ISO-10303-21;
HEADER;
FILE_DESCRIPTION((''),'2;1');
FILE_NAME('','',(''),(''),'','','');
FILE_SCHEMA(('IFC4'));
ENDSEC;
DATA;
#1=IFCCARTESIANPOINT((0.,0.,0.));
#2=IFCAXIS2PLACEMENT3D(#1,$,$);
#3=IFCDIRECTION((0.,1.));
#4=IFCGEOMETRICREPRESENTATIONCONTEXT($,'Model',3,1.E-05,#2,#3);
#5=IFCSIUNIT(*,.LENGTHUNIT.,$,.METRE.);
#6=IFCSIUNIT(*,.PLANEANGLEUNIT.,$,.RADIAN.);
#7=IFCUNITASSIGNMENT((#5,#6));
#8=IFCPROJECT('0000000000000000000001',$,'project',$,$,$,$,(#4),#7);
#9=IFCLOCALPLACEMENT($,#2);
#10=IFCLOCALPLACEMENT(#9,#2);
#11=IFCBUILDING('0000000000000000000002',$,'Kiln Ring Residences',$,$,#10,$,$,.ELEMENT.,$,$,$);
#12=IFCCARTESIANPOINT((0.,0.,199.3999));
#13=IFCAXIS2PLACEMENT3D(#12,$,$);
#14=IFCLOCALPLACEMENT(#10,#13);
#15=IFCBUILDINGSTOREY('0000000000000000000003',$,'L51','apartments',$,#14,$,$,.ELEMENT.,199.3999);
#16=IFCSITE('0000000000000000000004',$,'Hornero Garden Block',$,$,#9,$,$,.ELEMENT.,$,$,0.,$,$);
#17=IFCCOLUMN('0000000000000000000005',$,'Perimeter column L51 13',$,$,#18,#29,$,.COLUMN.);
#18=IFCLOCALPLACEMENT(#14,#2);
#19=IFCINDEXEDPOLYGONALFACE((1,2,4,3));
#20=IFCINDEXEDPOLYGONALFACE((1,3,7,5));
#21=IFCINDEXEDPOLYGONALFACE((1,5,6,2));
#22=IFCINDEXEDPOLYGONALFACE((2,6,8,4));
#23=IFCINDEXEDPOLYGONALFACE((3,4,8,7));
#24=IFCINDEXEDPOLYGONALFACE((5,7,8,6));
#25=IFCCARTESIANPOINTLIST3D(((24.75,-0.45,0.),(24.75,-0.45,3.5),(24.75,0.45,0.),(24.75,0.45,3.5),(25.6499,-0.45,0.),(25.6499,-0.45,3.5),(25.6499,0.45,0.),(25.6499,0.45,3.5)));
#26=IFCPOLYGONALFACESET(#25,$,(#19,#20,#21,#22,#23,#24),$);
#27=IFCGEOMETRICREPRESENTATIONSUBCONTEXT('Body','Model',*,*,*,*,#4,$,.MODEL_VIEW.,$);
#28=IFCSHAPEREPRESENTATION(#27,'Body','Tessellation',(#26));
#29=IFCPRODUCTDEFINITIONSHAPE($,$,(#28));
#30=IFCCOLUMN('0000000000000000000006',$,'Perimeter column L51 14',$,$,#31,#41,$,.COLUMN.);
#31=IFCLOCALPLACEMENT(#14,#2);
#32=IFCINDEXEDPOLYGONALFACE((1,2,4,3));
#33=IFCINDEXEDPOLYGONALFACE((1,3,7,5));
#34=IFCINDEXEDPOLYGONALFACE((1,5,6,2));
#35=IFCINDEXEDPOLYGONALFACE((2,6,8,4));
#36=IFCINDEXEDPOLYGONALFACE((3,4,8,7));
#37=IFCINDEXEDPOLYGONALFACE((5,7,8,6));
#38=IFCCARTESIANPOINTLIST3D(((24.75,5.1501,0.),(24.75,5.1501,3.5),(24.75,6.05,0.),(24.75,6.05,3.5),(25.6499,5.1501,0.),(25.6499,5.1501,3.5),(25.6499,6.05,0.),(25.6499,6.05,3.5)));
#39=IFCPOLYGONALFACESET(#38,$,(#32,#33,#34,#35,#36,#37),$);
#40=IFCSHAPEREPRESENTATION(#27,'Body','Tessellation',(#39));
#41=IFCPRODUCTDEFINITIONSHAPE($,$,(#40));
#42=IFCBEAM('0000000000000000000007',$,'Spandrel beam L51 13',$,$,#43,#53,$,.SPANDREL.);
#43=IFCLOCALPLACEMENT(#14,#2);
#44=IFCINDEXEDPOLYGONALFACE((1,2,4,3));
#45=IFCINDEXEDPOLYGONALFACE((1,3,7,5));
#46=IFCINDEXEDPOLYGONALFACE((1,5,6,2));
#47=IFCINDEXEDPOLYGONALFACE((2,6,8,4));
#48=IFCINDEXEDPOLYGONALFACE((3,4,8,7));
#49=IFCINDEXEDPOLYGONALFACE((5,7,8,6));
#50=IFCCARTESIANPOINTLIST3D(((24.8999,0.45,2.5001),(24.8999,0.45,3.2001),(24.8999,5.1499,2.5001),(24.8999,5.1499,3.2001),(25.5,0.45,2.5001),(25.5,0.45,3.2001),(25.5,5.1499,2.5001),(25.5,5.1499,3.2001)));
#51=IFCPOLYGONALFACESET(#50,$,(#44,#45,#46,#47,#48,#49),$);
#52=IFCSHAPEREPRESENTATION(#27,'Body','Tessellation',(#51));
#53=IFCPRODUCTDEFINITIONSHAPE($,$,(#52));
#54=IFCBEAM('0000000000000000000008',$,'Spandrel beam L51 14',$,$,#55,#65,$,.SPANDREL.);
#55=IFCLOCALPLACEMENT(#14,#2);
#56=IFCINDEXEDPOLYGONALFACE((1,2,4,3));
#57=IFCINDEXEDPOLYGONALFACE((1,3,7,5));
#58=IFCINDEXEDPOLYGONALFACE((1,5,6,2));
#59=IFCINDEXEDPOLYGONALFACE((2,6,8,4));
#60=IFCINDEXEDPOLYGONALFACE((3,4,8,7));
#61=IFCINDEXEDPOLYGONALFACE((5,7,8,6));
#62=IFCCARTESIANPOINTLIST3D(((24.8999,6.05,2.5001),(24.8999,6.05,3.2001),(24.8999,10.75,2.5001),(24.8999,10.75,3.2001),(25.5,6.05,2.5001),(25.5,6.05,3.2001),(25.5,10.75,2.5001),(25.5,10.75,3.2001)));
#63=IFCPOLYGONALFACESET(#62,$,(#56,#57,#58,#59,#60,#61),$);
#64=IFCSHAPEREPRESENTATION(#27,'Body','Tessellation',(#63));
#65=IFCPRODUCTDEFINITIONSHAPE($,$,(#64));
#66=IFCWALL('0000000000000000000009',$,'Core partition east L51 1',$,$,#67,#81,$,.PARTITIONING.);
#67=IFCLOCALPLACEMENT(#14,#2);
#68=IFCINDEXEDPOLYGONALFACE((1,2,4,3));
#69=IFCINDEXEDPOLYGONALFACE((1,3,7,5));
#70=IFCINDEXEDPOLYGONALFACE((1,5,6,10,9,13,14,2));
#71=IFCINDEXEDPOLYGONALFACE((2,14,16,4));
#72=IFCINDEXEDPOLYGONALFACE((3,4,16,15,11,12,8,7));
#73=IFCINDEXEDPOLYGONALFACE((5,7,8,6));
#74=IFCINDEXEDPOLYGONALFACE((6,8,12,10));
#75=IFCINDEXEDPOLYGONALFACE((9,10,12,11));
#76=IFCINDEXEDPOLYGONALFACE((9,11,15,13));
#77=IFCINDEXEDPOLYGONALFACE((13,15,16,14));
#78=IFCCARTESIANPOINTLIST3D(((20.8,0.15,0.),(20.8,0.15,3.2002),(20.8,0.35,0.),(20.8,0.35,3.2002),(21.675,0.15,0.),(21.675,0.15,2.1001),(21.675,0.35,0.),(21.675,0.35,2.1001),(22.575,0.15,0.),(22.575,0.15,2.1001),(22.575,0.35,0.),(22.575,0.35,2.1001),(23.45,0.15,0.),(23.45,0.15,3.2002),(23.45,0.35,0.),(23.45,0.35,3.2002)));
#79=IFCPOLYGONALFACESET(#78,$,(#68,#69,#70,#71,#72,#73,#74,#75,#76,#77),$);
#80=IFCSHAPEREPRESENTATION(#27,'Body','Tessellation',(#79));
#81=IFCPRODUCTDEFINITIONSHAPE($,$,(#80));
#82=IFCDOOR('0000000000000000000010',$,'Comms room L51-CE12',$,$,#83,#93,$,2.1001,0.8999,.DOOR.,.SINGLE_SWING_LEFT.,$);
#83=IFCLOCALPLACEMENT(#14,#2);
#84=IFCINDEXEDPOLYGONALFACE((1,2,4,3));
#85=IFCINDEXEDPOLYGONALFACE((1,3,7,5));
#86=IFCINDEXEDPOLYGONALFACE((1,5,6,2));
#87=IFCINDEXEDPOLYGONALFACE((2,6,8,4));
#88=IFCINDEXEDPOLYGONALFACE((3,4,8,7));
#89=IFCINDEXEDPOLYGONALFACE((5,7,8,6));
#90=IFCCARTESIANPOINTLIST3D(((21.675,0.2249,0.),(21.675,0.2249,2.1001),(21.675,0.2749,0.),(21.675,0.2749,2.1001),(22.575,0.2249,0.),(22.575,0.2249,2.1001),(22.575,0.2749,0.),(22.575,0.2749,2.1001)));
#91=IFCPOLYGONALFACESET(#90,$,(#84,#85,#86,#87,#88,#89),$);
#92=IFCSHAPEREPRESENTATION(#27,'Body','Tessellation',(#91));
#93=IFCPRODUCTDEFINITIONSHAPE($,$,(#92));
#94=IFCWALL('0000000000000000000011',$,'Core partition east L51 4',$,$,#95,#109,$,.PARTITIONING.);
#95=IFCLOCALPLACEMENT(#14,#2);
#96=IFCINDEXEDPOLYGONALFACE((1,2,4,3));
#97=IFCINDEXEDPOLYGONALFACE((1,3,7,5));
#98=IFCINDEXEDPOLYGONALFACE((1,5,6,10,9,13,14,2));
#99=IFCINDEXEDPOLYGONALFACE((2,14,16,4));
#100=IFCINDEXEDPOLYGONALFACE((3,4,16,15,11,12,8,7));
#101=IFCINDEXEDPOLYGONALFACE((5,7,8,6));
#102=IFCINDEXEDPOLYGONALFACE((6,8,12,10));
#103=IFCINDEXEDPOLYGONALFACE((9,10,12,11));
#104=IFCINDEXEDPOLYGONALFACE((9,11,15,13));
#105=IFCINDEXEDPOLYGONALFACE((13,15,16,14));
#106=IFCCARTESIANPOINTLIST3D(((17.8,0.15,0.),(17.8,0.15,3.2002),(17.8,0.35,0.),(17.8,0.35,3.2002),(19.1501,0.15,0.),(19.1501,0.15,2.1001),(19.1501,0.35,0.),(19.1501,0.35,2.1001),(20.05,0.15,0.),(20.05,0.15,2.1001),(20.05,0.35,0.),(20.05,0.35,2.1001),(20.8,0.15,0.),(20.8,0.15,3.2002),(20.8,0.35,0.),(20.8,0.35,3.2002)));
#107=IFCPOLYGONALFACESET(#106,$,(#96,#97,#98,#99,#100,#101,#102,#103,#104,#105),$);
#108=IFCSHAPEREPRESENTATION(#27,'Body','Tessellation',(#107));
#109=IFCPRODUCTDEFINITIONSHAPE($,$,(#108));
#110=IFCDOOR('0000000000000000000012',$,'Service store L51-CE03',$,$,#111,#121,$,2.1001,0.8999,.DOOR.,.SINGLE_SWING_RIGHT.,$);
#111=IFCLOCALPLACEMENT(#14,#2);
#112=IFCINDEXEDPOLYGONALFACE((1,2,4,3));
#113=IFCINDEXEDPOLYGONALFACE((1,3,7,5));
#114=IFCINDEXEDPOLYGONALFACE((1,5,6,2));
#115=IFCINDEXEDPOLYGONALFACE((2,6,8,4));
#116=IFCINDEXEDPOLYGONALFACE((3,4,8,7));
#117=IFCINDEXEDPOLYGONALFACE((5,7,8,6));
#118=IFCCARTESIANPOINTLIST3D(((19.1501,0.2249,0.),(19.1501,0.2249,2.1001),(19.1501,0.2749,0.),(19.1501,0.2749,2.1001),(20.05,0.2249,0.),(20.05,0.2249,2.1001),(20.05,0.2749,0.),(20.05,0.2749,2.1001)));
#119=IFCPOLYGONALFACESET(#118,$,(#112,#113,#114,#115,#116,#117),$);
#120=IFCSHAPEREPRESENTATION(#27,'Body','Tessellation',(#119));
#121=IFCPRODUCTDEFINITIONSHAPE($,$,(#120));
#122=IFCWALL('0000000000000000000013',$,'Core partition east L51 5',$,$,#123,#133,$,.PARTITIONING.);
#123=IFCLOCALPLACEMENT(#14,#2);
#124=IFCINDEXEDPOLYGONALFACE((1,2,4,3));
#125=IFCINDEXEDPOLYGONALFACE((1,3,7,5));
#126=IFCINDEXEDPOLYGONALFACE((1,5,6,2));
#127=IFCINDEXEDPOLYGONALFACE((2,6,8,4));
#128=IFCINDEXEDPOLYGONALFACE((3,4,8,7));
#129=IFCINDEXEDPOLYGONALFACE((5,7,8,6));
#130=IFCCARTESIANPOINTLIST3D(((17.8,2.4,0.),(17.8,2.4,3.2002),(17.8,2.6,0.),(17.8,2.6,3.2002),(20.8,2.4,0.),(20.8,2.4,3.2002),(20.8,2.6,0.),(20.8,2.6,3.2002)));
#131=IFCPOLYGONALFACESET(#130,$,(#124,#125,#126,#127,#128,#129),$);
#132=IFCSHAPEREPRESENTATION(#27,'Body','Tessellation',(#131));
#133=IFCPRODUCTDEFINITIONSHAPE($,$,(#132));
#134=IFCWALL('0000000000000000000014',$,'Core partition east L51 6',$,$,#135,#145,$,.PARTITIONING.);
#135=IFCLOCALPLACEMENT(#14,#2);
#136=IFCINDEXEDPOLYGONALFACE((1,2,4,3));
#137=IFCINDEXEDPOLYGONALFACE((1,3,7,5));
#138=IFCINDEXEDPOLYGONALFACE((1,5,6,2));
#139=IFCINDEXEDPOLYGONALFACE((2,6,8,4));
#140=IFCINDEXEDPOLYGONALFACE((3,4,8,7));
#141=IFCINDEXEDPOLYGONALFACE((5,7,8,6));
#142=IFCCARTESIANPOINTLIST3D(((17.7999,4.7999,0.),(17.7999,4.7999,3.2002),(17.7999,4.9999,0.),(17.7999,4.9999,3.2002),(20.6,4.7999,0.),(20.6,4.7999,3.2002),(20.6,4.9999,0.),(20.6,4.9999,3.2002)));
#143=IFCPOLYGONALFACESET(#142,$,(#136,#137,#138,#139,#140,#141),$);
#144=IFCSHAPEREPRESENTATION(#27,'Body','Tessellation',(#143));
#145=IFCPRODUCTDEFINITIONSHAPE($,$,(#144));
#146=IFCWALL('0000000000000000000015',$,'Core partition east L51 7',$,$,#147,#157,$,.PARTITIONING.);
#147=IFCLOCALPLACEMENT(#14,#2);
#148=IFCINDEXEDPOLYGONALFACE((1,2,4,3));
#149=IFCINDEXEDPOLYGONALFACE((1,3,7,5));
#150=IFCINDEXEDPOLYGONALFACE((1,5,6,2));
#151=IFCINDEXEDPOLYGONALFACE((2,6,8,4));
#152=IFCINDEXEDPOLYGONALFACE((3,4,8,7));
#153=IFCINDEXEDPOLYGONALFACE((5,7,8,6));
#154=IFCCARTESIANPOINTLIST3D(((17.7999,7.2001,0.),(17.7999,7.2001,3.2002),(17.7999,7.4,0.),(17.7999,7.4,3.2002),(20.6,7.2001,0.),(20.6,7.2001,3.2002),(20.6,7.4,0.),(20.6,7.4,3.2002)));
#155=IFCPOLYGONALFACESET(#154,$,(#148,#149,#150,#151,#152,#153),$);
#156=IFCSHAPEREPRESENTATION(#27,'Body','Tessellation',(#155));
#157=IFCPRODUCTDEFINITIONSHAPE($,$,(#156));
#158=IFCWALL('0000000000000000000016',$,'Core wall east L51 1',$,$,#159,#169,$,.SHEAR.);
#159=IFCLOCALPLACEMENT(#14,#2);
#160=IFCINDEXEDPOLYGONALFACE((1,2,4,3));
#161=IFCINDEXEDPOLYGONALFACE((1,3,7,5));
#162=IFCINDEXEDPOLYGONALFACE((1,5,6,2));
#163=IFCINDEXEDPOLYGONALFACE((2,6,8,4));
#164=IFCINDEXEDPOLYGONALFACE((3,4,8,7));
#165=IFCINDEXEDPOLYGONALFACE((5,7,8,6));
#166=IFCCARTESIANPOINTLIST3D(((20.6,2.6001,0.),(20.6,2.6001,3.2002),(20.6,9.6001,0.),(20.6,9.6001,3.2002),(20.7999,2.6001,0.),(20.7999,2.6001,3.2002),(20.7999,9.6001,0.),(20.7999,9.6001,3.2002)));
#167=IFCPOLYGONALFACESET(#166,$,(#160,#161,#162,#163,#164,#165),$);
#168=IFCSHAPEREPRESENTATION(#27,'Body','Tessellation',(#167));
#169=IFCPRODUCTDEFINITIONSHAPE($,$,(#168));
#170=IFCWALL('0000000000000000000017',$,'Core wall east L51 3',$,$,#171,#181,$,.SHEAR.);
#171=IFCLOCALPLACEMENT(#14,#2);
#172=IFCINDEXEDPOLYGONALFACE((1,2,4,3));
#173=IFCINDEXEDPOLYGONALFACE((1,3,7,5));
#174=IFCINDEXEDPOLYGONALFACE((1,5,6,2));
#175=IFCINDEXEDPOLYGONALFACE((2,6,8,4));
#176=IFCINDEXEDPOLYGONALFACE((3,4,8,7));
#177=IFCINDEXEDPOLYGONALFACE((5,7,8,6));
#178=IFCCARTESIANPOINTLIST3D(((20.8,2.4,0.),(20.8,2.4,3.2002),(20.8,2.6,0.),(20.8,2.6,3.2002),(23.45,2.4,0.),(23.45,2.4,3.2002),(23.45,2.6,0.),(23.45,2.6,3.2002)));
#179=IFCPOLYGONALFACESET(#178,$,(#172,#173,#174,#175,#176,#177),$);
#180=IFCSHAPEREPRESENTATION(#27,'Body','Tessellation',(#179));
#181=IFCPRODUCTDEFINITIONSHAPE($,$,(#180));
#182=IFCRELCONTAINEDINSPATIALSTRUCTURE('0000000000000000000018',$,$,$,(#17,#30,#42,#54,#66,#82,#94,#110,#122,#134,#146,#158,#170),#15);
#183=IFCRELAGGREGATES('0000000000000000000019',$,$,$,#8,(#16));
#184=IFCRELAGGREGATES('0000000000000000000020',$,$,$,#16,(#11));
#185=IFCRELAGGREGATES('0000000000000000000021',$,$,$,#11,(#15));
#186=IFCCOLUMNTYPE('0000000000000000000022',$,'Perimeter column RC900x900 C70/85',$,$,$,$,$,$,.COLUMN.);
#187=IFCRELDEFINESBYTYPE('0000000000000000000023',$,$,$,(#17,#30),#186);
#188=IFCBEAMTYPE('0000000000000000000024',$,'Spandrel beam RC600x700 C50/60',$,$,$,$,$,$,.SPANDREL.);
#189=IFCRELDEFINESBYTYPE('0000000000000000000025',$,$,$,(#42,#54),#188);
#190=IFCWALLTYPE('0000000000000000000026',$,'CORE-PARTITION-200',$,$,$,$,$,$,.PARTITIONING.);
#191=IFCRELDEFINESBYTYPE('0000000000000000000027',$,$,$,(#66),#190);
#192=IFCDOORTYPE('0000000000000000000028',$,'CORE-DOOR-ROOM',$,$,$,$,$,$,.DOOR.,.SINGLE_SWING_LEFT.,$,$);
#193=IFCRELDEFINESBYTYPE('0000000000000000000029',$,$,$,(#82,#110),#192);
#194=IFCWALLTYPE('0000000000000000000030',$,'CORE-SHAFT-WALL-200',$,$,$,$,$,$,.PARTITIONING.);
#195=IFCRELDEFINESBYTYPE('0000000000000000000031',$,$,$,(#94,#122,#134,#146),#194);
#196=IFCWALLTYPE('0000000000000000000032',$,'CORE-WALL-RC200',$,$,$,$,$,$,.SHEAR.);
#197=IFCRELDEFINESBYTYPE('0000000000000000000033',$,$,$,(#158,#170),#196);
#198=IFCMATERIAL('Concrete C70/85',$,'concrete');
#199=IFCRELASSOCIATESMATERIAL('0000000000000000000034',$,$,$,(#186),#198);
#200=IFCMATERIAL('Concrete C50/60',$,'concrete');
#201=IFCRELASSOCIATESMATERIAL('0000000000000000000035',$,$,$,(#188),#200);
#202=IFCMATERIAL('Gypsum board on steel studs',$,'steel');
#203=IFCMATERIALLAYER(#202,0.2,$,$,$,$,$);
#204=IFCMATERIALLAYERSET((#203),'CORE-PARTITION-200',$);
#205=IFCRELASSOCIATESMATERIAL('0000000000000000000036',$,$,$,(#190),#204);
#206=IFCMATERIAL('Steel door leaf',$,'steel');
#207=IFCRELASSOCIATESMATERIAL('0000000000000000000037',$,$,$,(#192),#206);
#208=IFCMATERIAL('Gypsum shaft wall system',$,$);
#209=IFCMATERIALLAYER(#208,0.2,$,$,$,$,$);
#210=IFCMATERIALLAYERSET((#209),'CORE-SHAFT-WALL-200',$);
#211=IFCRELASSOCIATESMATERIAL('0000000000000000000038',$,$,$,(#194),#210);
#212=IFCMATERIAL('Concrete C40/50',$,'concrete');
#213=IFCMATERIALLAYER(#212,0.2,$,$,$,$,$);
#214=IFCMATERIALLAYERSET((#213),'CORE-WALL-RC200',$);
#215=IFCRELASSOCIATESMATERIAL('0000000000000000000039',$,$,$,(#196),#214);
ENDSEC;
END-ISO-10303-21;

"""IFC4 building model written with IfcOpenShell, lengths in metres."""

from ifc_helpers import new_model, si_unit, direction, frame, frame_2d, origin, origin_2d, place, context, subcontext, project, spatial, rectangle, extrude, material, layer, layer_set, material_profile, profile_set, type_object, element, fill, save


model = new_model("IFC4")

# Units and contexts
model_context = context("Model", 3, precision=1e-05, world=origin(), true_north=direction((0.0, 1.0)))
body_context = subcontext(model_context, "Body", "Model", "MODEL_VIEW")
ifc_project = project(units=[si_unit("LENGTHUNIT", "METRE"), si_unit("PLANEANGLEUNIT", "RADIAN")], contexts=[model_context])

# Site, building, storey
site_placement = place(None, origin())
site = spatial("IfcSite", under=ifc_project, at=site_placement, Name="Hornero Garden Block", CompositionType="ELEMENT", RefElevation=0.0)
building_placement = place(site_placement, origin())
building = spatial("IfcBuilding", under=site, at=building_placement, Name="Kiln Ring Residences", CompositionType="ELEMENT")
storey_placement = place(building_placement, frame((0.0, 0.0, 199.3999)))
storey = spatial("IfcBuildingStorey", under=building, at=storey_placement, Name="L51", Description="apartments", CompositionType="ELEMENT", Elevation=199.3999)

# Columns
ifc_material_1 = material(Name="Concrete C70/85", Category="concrete")
ifc_material_profile_1 = material_profile(ifc_material_1, rectangle(XDim=0.8999, YDim=0.8999, at=origin_2d()), Name="RC900x900")
ifc_profile_set_1 = profile_set([ifc_material_profile_1], Name="Concrete C70/85")
column_type = type_object("IfcColumnType", Name="Perimeter column RC900x900 C70/85", PredefinedType="COLUMN", material=ifc_profile_set_1)
for number, where, z_axis, x_axis, name in (
    (1, (25.2, 0.0, 0.0), (0.0, 0.0, 1.0), (1.0, 0.0, 0.0), "Perimeter column L51 13"),
    (2, (25.2, 5.6001, 0.0), (0.0, 0.0, 1.0), (1.0, 0.0, 0.0), "Perimeter column L51 14"),
):
    element("IfcColumn", number, at=place(storey_placement, frame(where, z_axis=z_axis, x_axis=x_axis)), inside=storey, type_object=column_type, Name=name, PredefinedType="COLUMN", context=body_context, shape_type="SweptSolid", body=[
        extrude(rectangle(XDim=0.8999, YDim=0.8999, at=origin_2d()), origin(), (0.0, 0.0, 1.0), 3.5),
    ])

# Beams
ifc_material_2 = material(Name="Concrete C50/60", Category="concrete")
ifc_material_profile_2 = material_profile(ifc_material_2, rectangle(XDim=0.6001, YDim=0.7, at=origin_2d()), Name="RC600x700")
ifc_profile_set_2 = profile_set([ifc_material_profile_2], Name="Concrete C50/60")
beam_type = type_object("IfcBeamType", Name="Spandrel beam RC600x700 C50/60", PredefinedType="SPANDREL", material=ifc_profile_set_2)
for number, where, z_axis, x_axis, name in (
    (3, (25.2, 0.45, 2.8501), (0.0, 1.0, 0.0), (-1.0, 0.0, 0.0), "Spandrel beam L51 13"),
    (4, (25.2, 6.05, 2.8501), (0.0, 1.0, 0.0), (-1.0, 0.0, 0.0), "Spandrel beam L51 14"),
):
    element("IfcBeam", number, at=place(storey_placement, frame(where, z_axis=z_axis, x_axis=x_axis)), inside=storey, type_object=beam_type, Name=name, PredefinedType="SPANDREL", context=body_context, shape_type="SweptSolid", body=[
        extrude(rectangle(XDim=0.6001, YDim=0.7, at=origin_2d()), origin(), (0.0, 0.0, 1.0), 4.7),
    ])

# Walls, openings, doors
ifc_material_3 = material(Name="Gypsum board on steel studs", Category="steel")
ifc_layer_1 = layer(ifc_material_3, 0.2)
ifc_layer_set_1 = layer_set([ifc_layer_1], Name="CORE-PARTITION-200")
wall_type_1 = type_object("IfcWallType", Name="CORE-PARTITION-200", PredefinedType="PARTITIONING", material=ifc_layer_set_1)
wall_1_placement = place(storey_placement, frame((20.8, 0.25, 0.0), z_axis=(0.0, 0.0, 1.0), x_axis=(1.0, 0.0, 0.0)))
wall_1 = element("IfcWall", 5, at=wall_1_placement, inside=storey, type_object=wall_type_1, Name="Core partition east L51 1", PredefinedType="PARTITIONING", context=body_context, shape_type="SweptSolid", body=[
    extrude(rectangle(XDim=2.6499, YDim=0.2, at=frame_2d((1.325, 0.0))), origin(), (0.0, 0.0, 1.0), 3.2002),
])
opening_1_placement = place(wall_1_placement, frame((0.875, 0.0, 0.0)))
opening_1 = element("IfcOpeningElement", 6, at=opening_1_placement, cuts=wall_1, PredefinedType="OPENING", context=body_context, shape_type="SweptSolid", body=[
    extrude(rectangle(XDim=0.8999, YDim=2.1001, at=frame_2d((0.45, 1.05))), frame((0.0, 0.1099, 0.0), z_axis=(0.0, -1.0, 0.0), x_axis=(1.0, 0.0, 0.0)), (0.0, 0.0, 1.0), 0.22),
])
ifc_material_4 = material(Name="Steel door leaf", Category="steel")
door_type = type_object("IfcDoorType", Name="CORE-DOOR-ROOM", OperationType="SINGLE_SWING_LEFT", PredefinedType="DOOR", material=ifc_material_4)
door_1_placement = place(opening_1_placement, origin())
door_1 = element("IfcDoor", 7, at=door_1_placement, inside=storey, type_object=door_type, Name="Comms room L51-CE12", OperationType="SINGLE_SWING_LEFT", OverallHeight=2.1001, OverallWidth=0.8999, PredefinedType="DOOR", context=body_context, shape_type="SweptSolid", body=[
    extrude(rectangle(XDim=0.8999, YDim=2.1001, at=frame_2d((0.45, 1.05))), frame((0.0, 0.0249, 0.0), z_axis=(0.0, -1.0, 0.0), x_axis=(1.0, 0.0, 0.0)), (0.0, 0.0, 1.0), 0.05),
])
fill(opening_1, door_1)
ifc_material_5 = material(Name="Gypsum shaft wall system")
ifc_layer_2 = layer(ifc_material_5, 0.2)
ifc_layer_set_2 = layer_set([ifc_layer_2], Name="CORE-SHAFT-WALL-200")
wall_type_2 = type_object("IfcWallType", Name="CORE-SHAFT-WALL-200", PredefinedType="PARTITIONING", material=ifc_layer_set_2)
wall_2_placement = place(storey_placement, frame((17.8, 0.25, 0.0), z_axis=(0.0, 0.0, 1.0), x_axis=(1.0, 0.0, 0.0)))
wall_2 = element("IfcWall", 8, at=wall_2_placement, inside=storey, type_object=wall_type_2, Name="Core partition east L51 4", PredefinedType="PARTITIONING", context=body_context, shape_type="SweptSolid", body=[
    extrude(rectangle(XDim=3.0, YDim=0.2, at=frame_2d((1.5, 0.0))), origin(), (0.0, 0.0, 1.0), 3.2002),
])
opening_2_placement = place(wall_2_placement, frame((1.3501, 0.0, 0.0)))
opening_2 = element("IfcOpeningElement", 9, at=opening_2_placement, cuts=wall_2, PredefinedType="OPENING", context=body_context, shape_type="SweptSolid", body=[
    extrude(rectangle(XDim=0.8999, YDim=2.1001, at=frame_2d((0.45, 1.05))), frame((0.0, 0.1099, 0.0), z_axis=(0.0, -1.0, 0.0), x_axis=(1.0, 0.0, 0.0)), (0.0, 0.0, 1.0), 0.22),
])
door_2_placement = place(opening_2_placement, origin())
door_2 = element("IfcDoor", 10, at=door_2_placement, inside=storey, type_object=door_type, Name="Service store L51-CE03", OperationType="SINGLE_SWING_RIGHT", OverallHeight=2.1001, OverallWidth=0.8999, PredefinedType="DOOR", context=body_context, shape_type="SweptSolid", body=[
    extrude(rectangle(XDim=0.8999, YDim=2.1001, at=frame_2d((0.45, 1.05))), frame((0.0, 0.0249, 0.0), z_axis=(0.0, -1.0, 0.0), x_axis=(1.0, 0.0, 0.0)), (0.0, 0.0, 1.0), 0.05),
])
fill(opening_2, door_2)

# Walls
wall_3_placement = place(storey_placement, frame((17.8, 2.5, 0.0), z_axis=(0.0, 0.0, 1.0), x_axis=(1.0, 0.0, 0.0)))
element("IfcWall", 11, at=wall_3_placement, inside=storey, type_object=wall_type_2, Name="Core partition east L51 5", PredefinedType="PARTITIONING", context=body_context, shape_type="SweptSolid", body=[
    extrude(rectangle(XDim=3.0, YDim=0.2, at=frame_2d((1.5, 0.0))), origin(), (0.0, 0.0, 1.0), 3.2002),
])
for number, where, z_axis, x_axis, name in (
    (12, (17.8, 4.8999, 0.0), (0.0, 0.0, 1.0), (1.0, 0.0, 0.0), "Core partition east L51 6"),
    (13, (17.8, 7.3, 0.0), (0.0, 0.0, 1.0), (1.0, 0.0, 0.0), "Core partition east L51 7"),
):
    element("IfcWall", number, at=place(storey_placement, frame(where, z_axis=z_axis, x_axis=x_axis)), inside=storey, type_object=wall_type_2, Name=name, PredefinedType="PARTITIONING", context=body_context, shape_type="SweptSolid", body=[
        extrude(rectangle(XDim=2.8, YDim=0.2, at=frame_2d((1.3999, 0.0))), origin(), (0.0, 0.0, 1.0), 3.2002),
    ])
ifc_material_6 = material(Name="Concrete C40/50", Category="concrete")
ifc_layer_3 = layer(ifc_material_6, 0.2)
ifc_layer_set_3 = layer_set([ifc_layer_3], Name="CORE-WALL-RC200")
wall_type_3 = type_object("IfcWallType", Name="CORE-WALL-RC200", PredefinedType="SHEAR", material=ifc_layer_set_3)
wall_4_placement = place(storey_placement, frame((20.7, 2.6001, 0.0), z_axis=(0.0, 0.0, 1.0), x_axis=(0.0, 1.0, 0.0)))
element("IfcWall", 14, at=wall_4_placement, inside=storey, type_object=wall_type_3, Name="Core wall east L51 1", PredefinedType="SHEAR", context=body_context, shape_type="SweptSolid", body=[
    extrude(rectangle(XDim=7.0, YDim=0.2, at=frame_2d((3.5, 0.0))), origin(), (0.0, 0.0, 1.0), 3.2002),
])
wall_5_placement = place(storey_placement, frame((20.8, 2.5, 0.0), z_axis=(0.0, 0.0, 1.0), x_axis=(1.0, 0.0, 0.0)))
element("IfcWall", 15, at=wall_5_placement, inside=storey, type_object=wall_type_3, Name="Core wall east L51 3", PredefinedType="SHEAR", context=body_context, shape_type="SweptSolid", body=[
    extrude(rectangle(XDim=2.6499, YDim=0.2, at=frame_2d((1.325, 0.0))), origin(), (0.0, 0.0, 1.0), 3.2002),
])

save(model, "model.ifc")
